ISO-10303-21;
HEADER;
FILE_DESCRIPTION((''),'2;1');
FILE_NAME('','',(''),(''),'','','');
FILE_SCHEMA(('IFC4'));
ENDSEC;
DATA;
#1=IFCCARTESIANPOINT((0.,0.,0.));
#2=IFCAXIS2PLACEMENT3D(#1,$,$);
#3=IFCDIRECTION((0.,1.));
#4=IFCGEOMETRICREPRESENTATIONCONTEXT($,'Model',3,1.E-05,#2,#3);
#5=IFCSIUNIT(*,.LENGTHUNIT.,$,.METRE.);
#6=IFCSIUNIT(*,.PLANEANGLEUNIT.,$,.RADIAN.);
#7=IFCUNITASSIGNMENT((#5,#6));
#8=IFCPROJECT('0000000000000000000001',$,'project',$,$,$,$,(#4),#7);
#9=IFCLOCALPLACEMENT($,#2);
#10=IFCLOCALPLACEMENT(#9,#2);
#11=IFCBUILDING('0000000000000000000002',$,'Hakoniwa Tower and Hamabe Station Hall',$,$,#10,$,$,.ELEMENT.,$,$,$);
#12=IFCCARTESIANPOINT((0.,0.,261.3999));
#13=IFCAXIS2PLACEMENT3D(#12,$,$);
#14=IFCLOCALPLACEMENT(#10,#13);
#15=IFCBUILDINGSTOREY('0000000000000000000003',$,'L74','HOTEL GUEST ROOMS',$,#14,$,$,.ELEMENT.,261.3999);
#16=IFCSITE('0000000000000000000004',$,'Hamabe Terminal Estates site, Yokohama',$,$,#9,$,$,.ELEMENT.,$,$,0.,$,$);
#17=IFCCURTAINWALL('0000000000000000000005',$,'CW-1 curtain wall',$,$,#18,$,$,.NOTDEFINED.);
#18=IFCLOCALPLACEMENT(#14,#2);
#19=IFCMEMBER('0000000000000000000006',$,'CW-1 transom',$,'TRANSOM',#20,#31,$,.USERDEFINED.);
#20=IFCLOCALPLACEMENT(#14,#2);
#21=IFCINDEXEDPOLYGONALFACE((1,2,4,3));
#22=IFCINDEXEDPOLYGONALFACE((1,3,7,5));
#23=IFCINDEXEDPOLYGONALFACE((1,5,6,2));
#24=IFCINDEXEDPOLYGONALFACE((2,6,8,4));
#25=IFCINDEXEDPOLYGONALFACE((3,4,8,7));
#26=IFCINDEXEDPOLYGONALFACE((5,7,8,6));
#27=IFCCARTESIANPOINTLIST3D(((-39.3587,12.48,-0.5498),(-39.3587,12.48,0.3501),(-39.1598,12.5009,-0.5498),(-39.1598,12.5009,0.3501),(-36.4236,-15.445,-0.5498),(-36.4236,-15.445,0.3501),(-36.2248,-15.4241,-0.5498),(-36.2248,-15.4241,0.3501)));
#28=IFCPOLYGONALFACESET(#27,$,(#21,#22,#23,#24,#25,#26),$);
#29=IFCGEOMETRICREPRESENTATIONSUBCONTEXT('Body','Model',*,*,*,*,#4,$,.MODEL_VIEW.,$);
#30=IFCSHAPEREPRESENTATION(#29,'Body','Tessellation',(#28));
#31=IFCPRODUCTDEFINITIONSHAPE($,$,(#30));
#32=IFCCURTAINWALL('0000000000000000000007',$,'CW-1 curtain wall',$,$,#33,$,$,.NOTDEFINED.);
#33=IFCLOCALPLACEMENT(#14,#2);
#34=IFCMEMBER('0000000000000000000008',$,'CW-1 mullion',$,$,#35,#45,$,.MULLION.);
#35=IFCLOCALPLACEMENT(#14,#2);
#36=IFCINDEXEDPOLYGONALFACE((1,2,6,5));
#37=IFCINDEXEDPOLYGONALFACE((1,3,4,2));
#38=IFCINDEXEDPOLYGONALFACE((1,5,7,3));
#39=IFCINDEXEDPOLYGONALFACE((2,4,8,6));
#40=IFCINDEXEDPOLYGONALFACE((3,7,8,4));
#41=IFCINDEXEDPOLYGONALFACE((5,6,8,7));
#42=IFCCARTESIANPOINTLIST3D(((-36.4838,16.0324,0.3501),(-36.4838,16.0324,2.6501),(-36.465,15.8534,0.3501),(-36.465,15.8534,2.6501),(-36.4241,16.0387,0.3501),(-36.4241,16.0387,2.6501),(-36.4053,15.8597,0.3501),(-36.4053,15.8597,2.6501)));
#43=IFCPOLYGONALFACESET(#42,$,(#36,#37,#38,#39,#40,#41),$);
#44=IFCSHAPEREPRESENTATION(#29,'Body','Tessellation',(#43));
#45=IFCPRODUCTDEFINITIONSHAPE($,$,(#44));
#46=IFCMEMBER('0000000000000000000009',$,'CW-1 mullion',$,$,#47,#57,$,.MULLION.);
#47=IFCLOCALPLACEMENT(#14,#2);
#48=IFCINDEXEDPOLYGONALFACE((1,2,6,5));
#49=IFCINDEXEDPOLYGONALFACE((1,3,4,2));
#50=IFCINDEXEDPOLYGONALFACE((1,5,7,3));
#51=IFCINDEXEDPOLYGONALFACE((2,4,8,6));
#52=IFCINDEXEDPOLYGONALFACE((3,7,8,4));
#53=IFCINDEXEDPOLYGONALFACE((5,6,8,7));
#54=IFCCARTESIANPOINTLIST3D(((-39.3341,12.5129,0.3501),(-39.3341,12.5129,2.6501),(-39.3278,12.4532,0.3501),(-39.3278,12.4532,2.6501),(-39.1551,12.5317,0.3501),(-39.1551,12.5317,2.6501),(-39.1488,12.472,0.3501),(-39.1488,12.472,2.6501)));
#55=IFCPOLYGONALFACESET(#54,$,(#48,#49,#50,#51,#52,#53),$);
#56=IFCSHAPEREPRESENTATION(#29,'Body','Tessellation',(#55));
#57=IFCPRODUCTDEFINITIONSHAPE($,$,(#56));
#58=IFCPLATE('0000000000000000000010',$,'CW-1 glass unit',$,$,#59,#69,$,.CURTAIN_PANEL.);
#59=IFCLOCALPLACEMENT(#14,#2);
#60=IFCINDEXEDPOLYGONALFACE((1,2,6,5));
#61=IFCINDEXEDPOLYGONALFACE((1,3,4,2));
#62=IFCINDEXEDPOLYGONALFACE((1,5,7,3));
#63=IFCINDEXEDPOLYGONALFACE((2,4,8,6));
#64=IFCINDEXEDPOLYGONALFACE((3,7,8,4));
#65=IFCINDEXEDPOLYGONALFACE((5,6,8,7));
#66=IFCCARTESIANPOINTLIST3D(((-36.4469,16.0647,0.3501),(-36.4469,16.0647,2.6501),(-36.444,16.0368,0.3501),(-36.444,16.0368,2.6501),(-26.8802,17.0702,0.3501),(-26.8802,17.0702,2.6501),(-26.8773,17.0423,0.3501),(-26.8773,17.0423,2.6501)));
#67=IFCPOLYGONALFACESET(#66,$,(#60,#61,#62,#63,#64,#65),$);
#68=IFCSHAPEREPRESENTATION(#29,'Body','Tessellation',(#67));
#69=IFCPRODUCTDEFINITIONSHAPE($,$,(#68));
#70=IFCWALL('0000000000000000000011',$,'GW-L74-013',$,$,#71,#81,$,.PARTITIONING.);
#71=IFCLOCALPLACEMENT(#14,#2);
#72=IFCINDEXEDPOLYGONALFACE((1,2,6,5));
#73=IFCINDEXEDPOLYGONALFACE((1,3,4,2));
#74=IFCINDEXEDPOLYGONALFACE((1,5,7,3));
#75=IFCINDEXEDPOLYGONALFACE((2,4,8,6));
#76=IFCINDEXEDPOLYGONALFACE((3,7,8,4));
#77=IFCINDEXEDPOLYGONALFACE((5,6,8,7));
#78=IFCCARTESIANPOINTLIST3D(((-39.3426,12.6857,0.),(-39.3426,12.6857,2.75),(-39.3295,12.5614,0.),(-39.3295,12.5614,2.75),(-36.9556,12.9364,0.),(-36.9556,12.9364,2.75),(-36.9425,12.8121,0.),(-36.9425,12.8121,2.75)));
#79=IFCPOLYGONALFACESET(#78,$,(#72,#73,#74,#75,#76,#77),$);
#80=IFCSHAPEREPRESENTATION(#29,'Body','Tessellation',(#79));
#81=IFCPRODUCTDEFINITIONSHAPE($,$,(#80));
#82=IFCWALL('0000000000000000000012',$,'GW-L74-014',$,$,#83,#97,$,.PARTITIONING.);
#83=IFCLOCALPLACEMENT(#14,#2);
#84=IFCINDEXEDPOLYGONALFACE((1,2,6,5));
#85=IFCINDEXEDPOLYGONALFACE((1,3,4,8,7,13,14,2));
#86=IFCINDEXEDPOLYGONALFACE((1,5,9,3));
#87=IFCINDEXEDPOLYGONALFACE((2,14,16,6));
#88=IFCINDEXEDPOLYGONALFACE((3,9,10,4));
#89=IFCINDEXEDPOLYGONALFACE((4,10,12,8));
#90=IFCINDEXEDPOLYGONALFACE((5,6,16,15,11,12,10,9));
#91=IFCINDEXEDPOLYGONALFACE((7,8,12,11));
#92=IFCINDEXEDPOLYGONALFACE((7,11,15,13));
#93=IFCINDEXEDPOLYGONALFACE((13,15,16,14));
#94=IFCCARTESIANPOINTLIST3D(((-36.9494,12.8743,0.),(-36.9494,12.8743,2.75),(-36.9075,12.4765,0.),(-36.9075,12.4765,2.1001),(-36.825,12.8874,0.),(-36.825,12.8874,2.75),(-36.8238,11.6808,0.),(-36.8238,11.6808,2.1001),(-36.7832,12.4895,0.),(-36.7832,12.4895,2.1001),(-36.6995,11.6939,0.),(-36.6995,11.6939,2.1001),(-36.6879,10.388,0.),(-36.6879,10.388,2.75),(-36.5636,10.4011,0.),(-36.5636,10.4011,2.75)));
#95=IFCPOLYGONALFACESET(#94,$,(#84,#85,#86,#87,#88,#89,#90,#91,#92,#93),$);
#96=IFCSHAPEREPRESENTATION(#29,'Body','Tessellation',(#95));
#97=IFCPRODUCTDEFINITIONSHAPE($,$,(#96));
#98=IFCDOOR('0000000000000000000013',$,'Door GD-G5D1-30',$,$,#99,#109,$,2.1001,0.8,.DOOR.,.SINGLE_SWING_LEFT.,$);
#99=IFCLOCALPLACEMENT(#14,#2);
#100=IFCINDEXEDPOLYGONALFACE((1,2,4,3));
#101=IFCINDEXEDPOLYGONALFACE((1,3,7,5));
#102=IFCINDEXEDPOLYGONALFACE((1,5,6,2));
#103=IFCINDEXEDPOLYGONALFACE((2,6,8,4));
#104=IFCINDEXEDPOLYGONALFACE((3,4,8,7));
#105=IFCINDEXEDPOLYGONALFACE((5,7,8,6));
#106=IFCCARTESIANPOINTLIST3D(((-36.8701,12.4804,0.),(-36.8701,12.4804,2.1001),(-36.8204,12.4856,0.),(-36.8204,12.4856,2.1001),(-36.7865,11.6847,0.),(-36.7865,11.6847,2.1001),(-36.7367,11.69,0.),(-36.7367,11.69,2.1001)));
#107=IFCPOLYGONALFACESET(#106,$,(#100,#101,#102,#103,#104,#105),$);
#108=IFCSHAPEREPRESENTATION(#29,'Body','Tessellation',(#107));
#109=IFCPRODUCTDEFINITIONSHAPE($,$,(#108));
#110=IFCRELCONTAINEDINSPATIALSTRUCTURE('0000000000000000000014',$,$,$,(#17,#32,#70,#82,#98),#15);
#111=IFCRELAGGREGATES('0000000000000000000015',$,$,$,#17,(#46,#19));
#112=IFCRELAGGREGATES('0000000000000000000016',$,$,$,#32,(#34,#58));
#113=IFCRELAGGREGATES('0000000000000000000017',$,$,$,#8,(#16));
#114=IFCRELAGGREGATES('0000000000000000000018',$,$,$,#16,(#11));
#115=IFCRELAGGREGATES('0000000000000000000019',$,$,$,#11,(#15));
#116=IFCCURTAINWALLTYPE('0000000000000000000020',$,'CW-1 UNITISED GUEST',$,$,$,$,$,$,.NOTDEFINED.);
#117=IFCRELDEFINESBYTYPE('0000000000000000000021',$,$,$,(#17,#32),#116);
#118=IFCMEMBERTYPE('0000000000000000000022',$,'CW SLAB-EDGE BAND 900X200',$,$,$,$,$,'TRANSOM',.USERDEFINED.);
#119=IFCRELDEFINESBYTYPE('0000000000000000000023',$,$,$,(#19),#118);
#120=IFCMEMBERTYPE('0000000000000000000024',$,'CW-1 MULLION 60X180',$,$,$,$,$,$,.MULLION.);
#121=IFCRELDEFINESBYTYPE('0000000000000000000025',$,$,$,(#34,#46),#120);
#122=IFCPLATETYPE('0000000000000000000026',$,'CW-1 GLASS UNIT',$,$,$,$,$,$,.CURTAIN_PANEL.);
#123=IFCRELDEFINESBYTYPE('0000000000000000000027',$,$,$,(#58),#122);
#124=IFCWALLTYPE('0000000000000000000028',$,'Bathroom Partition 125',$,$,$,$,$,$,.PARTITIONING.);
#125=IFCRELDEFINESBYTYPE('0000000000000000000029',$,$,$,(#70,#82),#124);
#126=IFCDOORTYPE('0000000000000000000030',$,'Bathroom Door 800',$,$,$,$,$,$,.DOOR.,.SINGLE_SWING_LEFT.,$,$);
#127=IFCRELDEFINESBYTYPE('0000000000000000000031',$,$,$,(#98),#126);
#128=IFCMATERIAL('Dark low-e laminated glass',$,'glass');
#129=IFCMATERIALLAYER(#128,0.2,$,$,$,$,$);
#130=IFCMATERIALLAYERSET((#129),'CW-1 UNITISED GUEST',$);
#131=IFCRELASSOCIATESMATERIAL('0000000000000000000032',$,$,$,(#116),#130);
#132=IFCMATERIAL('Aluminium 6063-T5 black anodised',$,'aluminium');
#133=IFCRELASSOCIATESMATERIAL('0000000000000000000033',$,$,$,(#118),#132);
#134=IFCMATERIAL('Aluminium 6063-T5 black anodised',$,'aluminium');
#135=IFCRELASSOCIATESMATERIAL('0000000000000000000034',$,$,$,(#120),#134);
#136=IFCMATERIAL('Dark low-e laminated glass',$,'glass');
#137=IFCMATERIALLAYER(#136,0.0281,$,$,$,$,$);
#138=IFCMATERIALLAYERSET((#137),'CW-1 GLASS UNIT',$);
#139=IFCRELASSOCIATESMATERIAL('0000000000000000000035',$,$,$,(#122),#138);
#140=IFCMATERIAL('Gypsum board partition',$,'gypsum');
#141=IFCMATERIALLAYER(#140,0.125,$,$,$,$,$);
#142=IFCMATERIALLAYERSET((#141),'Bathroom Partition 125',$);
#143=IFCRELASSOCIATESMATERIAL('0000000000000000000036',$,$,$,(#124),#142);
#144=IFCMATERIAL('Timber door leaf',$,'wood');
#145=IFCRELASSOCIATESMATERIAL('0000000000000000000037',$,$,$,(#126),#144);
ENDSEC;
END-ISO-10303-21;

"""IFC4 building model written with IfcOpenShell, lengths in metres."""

from ifc_helpers import new_model, si_unit, direction, frame, frame_2d, origin, origin_2d, place, context, subcontext, project, spatial, rectangle, extrude, material, layer, layer_set, material_profile, profile_set, type_object, element, fill, aggregate, save


model = new_model("IFC4")

# Units and contexts
model_context = context("Model", 3, precision=1e-05, world=origin(), true_north=direction((0.0, 1.0)))
body_context = subcontext(model_context, "Body", "Model", "MODEL_VIEW")
ifc_project = project(units=[si_unit("LENGTHUNIT", "METRE"), si_unit("PLANEANGLEUNIT", "RADIAN")], contexts=[model_context])

# Site, building, storey
site_placement = place(None, origin())
site = spatial("IfcSite", under=ifc_project, at=site_placement, Name="Hamabe Terminal Estates site, Yokohama", CompositionType="ELEMENT", RefElevation=0.0)
building_placement = place(site_placement, origin())
building = spatial("IfcBuilding", under=site, at=building_placement, Name="Hakoniwa Tower and Hamabe Station Hall", CompositionType="ELEMENT")
storey_placement = place(building_placement, frame((0.0, 0.0, 261.3999)))
storey = spatial("IfcBuildingStorey", under=building, at=storey_placement, Name="L74", Description="HOTEL GUEST ROOMS", CompositionType="ELEMENT", Elevation=261.3999)

# Curtain walls, members
ifc_material_1 = material(Name="Dark low-e laminated glass", Category="glass")
ifc_layer_1 = layer(ifc_material_1, 0.2)
ifc_layer_set_1 = layer_set([ifc_layer_1], Name="CW-1 UNITISED GUEST")
curtain_wall_type = type_object("IfcCurtainWallType", Name="CW-1 UNITISED GUEST", PredefinedType="NOTDEFINED", material=ifc_layer_set_1)
curtain_wall_1_placement = place(storey_placement, origin())
curtain_wall_1 = element("IfcCurtainWall", 1, at=curtain_wall_1_placement, inside=storey, type_object=curtain_wall_type, Name="CW-1 curtain wall", PredefinedType="NOTDEFINED")
ifc_material_2 = material(Name="Aluminium 6063-T5 black anodised", Category="aluminium")
ifc_material_profile_1 = material_profile(ifc_material_2, rectangle(XDim=0.2, YDim=0.8999, at=origin_2d()), Name="CW SLAB-EDGE BAND 900X200")
ifc_profile_set_1 = profile_set([ifc_material_profile_1], Name="Aluminium 6063-T5 black anodised")
member_type_1 = type_object("IfcMemberType", Name="CW SLAB-EDGE BAND 900X200", ElementType="TRANSOM", PredefinedType="USERDEFINED", material=ifc_profile_set_1)
member_1_placement = place(storey_placement, frame((-39.2593, 12.4905, -0.0999), z_axis=(0.104529, -0.994522, 0.0), x_axis=(0.994522, 0.104529, 0.0)))
member_1 = element("IfcMember", 2, at=member_1_placement, type_object=member_type_1, Name="CW-1 transom", ObjectType="TRANSOM", PredefinedType="USERDEFINED", context=body_context, shape_type="SweptSolid", body=[
    extrude(rectangle(XDim=0.2, YDim=0.8999, at=origin_2d()), origin(), (0.0, 0.0, 1.0), 28.0789),
])
curtain_wall_2_placement = place(storey_placement, origin())
curtain_wall_2 = element("IfcCurtainWall", 3, at=curtain_wall_2_placement, inside=storey, type_object=curtain_wall_type, Name="CW-1 curtain wall", PredefinedType="NOTDEFINED")
ifc_material_3 = material(Name="Aluminium 6063-T5 black anodised", Category="aluminium")
ifc_material_profile_2 = material_profile(ifc_material_3, rectangle(XDim=0.0601, YDim=0.1799, at=origin_2d()), Name="CW-1 MULLION 60X180")
ifc_profile_set_2 = profile_set([ifc_material_profile_2], Name="Aluminium 6063-T5 black anodised")
member_type_2 = type_object("IfcMemberType", Name="CW-1 MULLION 60X180", PredefinedType="MULLION", material=ifc_profile_set_2)
member_2_placement = place(storey_placement, frame((-36.4446, 15.946, 0.3501), z_axis=(0.0, 0.0, 1.0), x_axis=(-0.994522, -0.104528, 0.0)))
member_2 = element("IfcMember", 4, at=member_2_placement, type_object=member_type_2, Name="CW-1 mullion", PredefinedType="MULLION", context=body_context, shape_type="SweptSolid", body=[
    extrude(rectangle(XDim=0.0601, YDim=0.1799, at=origin_2d()), origin(), (0.0, 0.0, 1.0), 2.3),
])

# Member
member_3_placement = place(storey_placement, frame((-39.2415, 12.4924, 0.3501), z_axis=(0.0, 0.0, 1.0), x_axis=(0.104528, -0.994522, 0.0)))
member_3 = element("IfcMember", 5, at=member_3_placement, type_object=member_type_2, Name="CW-1 mullion", PredefinedType="MULLION", context=body_context, shape_type="SweptSolid", body=[
    extrude(rectangle(XDim=0.0601, YDim=0.1799, at=origin_2d()), origin(), (0.0, 0.0, 1.0), 2.3),
])
aggregate(curtain_wall_1, [member_3, member_1])

# Plate
ifc_material_4 = material(Name="Dark low-e laminated glass", Category="glass")
ifc_layer_2 = layer(ifc_material_4, 0.0281)
ifc_layer_set_2 = layer_set([ifc_layer_2], Name="CW-1 GLASS UNIT")
plate_type = type_object("IfcPlateType", Name="CW-1 GLASS UNIT", PredefinedType="CURTAIN_PANEL", material=ifc_layer_set_2)
plate_placement = place(storey_placement, frame((-31.6621, 16.5535, 0.3501), z_axis=(0.0, 0.0, 1.0), x_axis=(-0.994522, -0.104528, 0.0)))
plate = element("IfcPlate", 6, at=plate_placement, type_object=plate_type, Name="CW-1 glass unit", PredefinedType="CURTAIN_PANEL", context=body_context, shape_type="SweptSolid", body=[
    extrude(rectangle(XDim=9.6194, YDim=0.0281, at=origin_2d()), origin(), (0.0, 0.0, 1.0), 2.3),
])
aggregate(curtain_wall_2, [member_2, plate])

# Wall
ifc_material_5 = material(Name="Gypsum board partition", Category="gypsum")
ifc_layer_3 = layer(ifc_material_5, 0.125)
ifc_layer_set_3 = layer_set([ifc_layer_3], Name="Bathroom Partition 125")
wall_type_1 = type_object("IfcWallType", Name="Bathroom Partition 125", PredefinedType="PARTITIONING", material=ifc_layer_set_3)
wall_1_placement = place(storey_placement, frame((-39.3362, 12.6235, 0.0), z_axis=(0.0, 0.0, 1.0), x_axis=(0.994528, 0.104468, 0.0)))
element("IfcWall", 7, at=wall_1_placement, inside=storey, type_object=wall_type_1, Name="GW-L74-013", PredefinedType="PARTITIONING", context=body_context, shape_type="SweptSolid", body=[
    extrude(rectangle(XDim=2.4001, YDim=0.125, at=frame_2d((1.2002, 0.0))), origin(), (0.0, 0.0, 1.0), 2.75),
])

# Wall, opening, door
wall_2_placement = place(storey_placement, frame((-36.6257, 10.3945, 0.0), z_axis=(0.0, 0.0, 1.0), x_axis=(-0.104588, 0.994516, 0.0)))
wall_2 = element("IfcWall", 8, at=wall_2_placement, inside=storey, type_object=wall_type_1, Name="GW-L74-014", PredefinedType="PARTITIONING", context=body_context, shape_type="SweptSolid", body=[
    extrude(rectangle(XDim=2.5, YDim=0.125, at=frame_2d((1.25, 0.0))), origin(), (0.0, 0.0, 1.0), 2.75),
])
opening_1_placement = place(wall_2_placement, frame((1.3, 0.0, 0.0)))
opening_1 = element("IfcOpeningElement", 9, at=opening_1_placement, cuts=wall_2, PredefinedType="OPENING", context=body_context, shape_type="SweptSolid", body=[
    extrude(rectangle(XDim=0.8, YDim=2.1001, at=frame_2d((0.3999, 1.05))), frame((0.0, 0.0725, 0.0), z_axis=(0.0, -1.0, 0.0), x_axis=(1.0, 0.0, 0.0)), (0.0, 0.0, 1.0), 0.145),
])
ifc_material_6 = material(Name="Timber door leaf", Category="wood")
door_type_1 = type_object("IfcDoorType", Name="Bathroom Door 800", OperationType="SINGLE_SWING_LEFT", PredefinedType="DOOR", material=ifc_material_6)
door_1_placement = place(opening_1_placement, origin())
door_1 = element("IfcDoor", 10, at=door_1_placement, inside=storey, type_object=door_type_1, Name="Door GD-G5D1-30", OperationType="SINGLE_SWING_LEFT", OverallHeight=2.1001, OverallWidth=0.8, PredefinedType="DOOR", context=body_context, shape_type="SweptSolid", body=[
    extrude(rectangle(XDim=0.8, YDim=2.1001, at=frame_2d((0.3999, 1.05))), frame((0.0, 0.0249, 0.0), z_axis=(0.0, -1.0, 0.0), x_axis=(1.0, 0.0, 0.0)), (0.0, 0.0, 1.0), 0.05),
])
fill(opening_1, door_1)

save(model, "model.ifc")
